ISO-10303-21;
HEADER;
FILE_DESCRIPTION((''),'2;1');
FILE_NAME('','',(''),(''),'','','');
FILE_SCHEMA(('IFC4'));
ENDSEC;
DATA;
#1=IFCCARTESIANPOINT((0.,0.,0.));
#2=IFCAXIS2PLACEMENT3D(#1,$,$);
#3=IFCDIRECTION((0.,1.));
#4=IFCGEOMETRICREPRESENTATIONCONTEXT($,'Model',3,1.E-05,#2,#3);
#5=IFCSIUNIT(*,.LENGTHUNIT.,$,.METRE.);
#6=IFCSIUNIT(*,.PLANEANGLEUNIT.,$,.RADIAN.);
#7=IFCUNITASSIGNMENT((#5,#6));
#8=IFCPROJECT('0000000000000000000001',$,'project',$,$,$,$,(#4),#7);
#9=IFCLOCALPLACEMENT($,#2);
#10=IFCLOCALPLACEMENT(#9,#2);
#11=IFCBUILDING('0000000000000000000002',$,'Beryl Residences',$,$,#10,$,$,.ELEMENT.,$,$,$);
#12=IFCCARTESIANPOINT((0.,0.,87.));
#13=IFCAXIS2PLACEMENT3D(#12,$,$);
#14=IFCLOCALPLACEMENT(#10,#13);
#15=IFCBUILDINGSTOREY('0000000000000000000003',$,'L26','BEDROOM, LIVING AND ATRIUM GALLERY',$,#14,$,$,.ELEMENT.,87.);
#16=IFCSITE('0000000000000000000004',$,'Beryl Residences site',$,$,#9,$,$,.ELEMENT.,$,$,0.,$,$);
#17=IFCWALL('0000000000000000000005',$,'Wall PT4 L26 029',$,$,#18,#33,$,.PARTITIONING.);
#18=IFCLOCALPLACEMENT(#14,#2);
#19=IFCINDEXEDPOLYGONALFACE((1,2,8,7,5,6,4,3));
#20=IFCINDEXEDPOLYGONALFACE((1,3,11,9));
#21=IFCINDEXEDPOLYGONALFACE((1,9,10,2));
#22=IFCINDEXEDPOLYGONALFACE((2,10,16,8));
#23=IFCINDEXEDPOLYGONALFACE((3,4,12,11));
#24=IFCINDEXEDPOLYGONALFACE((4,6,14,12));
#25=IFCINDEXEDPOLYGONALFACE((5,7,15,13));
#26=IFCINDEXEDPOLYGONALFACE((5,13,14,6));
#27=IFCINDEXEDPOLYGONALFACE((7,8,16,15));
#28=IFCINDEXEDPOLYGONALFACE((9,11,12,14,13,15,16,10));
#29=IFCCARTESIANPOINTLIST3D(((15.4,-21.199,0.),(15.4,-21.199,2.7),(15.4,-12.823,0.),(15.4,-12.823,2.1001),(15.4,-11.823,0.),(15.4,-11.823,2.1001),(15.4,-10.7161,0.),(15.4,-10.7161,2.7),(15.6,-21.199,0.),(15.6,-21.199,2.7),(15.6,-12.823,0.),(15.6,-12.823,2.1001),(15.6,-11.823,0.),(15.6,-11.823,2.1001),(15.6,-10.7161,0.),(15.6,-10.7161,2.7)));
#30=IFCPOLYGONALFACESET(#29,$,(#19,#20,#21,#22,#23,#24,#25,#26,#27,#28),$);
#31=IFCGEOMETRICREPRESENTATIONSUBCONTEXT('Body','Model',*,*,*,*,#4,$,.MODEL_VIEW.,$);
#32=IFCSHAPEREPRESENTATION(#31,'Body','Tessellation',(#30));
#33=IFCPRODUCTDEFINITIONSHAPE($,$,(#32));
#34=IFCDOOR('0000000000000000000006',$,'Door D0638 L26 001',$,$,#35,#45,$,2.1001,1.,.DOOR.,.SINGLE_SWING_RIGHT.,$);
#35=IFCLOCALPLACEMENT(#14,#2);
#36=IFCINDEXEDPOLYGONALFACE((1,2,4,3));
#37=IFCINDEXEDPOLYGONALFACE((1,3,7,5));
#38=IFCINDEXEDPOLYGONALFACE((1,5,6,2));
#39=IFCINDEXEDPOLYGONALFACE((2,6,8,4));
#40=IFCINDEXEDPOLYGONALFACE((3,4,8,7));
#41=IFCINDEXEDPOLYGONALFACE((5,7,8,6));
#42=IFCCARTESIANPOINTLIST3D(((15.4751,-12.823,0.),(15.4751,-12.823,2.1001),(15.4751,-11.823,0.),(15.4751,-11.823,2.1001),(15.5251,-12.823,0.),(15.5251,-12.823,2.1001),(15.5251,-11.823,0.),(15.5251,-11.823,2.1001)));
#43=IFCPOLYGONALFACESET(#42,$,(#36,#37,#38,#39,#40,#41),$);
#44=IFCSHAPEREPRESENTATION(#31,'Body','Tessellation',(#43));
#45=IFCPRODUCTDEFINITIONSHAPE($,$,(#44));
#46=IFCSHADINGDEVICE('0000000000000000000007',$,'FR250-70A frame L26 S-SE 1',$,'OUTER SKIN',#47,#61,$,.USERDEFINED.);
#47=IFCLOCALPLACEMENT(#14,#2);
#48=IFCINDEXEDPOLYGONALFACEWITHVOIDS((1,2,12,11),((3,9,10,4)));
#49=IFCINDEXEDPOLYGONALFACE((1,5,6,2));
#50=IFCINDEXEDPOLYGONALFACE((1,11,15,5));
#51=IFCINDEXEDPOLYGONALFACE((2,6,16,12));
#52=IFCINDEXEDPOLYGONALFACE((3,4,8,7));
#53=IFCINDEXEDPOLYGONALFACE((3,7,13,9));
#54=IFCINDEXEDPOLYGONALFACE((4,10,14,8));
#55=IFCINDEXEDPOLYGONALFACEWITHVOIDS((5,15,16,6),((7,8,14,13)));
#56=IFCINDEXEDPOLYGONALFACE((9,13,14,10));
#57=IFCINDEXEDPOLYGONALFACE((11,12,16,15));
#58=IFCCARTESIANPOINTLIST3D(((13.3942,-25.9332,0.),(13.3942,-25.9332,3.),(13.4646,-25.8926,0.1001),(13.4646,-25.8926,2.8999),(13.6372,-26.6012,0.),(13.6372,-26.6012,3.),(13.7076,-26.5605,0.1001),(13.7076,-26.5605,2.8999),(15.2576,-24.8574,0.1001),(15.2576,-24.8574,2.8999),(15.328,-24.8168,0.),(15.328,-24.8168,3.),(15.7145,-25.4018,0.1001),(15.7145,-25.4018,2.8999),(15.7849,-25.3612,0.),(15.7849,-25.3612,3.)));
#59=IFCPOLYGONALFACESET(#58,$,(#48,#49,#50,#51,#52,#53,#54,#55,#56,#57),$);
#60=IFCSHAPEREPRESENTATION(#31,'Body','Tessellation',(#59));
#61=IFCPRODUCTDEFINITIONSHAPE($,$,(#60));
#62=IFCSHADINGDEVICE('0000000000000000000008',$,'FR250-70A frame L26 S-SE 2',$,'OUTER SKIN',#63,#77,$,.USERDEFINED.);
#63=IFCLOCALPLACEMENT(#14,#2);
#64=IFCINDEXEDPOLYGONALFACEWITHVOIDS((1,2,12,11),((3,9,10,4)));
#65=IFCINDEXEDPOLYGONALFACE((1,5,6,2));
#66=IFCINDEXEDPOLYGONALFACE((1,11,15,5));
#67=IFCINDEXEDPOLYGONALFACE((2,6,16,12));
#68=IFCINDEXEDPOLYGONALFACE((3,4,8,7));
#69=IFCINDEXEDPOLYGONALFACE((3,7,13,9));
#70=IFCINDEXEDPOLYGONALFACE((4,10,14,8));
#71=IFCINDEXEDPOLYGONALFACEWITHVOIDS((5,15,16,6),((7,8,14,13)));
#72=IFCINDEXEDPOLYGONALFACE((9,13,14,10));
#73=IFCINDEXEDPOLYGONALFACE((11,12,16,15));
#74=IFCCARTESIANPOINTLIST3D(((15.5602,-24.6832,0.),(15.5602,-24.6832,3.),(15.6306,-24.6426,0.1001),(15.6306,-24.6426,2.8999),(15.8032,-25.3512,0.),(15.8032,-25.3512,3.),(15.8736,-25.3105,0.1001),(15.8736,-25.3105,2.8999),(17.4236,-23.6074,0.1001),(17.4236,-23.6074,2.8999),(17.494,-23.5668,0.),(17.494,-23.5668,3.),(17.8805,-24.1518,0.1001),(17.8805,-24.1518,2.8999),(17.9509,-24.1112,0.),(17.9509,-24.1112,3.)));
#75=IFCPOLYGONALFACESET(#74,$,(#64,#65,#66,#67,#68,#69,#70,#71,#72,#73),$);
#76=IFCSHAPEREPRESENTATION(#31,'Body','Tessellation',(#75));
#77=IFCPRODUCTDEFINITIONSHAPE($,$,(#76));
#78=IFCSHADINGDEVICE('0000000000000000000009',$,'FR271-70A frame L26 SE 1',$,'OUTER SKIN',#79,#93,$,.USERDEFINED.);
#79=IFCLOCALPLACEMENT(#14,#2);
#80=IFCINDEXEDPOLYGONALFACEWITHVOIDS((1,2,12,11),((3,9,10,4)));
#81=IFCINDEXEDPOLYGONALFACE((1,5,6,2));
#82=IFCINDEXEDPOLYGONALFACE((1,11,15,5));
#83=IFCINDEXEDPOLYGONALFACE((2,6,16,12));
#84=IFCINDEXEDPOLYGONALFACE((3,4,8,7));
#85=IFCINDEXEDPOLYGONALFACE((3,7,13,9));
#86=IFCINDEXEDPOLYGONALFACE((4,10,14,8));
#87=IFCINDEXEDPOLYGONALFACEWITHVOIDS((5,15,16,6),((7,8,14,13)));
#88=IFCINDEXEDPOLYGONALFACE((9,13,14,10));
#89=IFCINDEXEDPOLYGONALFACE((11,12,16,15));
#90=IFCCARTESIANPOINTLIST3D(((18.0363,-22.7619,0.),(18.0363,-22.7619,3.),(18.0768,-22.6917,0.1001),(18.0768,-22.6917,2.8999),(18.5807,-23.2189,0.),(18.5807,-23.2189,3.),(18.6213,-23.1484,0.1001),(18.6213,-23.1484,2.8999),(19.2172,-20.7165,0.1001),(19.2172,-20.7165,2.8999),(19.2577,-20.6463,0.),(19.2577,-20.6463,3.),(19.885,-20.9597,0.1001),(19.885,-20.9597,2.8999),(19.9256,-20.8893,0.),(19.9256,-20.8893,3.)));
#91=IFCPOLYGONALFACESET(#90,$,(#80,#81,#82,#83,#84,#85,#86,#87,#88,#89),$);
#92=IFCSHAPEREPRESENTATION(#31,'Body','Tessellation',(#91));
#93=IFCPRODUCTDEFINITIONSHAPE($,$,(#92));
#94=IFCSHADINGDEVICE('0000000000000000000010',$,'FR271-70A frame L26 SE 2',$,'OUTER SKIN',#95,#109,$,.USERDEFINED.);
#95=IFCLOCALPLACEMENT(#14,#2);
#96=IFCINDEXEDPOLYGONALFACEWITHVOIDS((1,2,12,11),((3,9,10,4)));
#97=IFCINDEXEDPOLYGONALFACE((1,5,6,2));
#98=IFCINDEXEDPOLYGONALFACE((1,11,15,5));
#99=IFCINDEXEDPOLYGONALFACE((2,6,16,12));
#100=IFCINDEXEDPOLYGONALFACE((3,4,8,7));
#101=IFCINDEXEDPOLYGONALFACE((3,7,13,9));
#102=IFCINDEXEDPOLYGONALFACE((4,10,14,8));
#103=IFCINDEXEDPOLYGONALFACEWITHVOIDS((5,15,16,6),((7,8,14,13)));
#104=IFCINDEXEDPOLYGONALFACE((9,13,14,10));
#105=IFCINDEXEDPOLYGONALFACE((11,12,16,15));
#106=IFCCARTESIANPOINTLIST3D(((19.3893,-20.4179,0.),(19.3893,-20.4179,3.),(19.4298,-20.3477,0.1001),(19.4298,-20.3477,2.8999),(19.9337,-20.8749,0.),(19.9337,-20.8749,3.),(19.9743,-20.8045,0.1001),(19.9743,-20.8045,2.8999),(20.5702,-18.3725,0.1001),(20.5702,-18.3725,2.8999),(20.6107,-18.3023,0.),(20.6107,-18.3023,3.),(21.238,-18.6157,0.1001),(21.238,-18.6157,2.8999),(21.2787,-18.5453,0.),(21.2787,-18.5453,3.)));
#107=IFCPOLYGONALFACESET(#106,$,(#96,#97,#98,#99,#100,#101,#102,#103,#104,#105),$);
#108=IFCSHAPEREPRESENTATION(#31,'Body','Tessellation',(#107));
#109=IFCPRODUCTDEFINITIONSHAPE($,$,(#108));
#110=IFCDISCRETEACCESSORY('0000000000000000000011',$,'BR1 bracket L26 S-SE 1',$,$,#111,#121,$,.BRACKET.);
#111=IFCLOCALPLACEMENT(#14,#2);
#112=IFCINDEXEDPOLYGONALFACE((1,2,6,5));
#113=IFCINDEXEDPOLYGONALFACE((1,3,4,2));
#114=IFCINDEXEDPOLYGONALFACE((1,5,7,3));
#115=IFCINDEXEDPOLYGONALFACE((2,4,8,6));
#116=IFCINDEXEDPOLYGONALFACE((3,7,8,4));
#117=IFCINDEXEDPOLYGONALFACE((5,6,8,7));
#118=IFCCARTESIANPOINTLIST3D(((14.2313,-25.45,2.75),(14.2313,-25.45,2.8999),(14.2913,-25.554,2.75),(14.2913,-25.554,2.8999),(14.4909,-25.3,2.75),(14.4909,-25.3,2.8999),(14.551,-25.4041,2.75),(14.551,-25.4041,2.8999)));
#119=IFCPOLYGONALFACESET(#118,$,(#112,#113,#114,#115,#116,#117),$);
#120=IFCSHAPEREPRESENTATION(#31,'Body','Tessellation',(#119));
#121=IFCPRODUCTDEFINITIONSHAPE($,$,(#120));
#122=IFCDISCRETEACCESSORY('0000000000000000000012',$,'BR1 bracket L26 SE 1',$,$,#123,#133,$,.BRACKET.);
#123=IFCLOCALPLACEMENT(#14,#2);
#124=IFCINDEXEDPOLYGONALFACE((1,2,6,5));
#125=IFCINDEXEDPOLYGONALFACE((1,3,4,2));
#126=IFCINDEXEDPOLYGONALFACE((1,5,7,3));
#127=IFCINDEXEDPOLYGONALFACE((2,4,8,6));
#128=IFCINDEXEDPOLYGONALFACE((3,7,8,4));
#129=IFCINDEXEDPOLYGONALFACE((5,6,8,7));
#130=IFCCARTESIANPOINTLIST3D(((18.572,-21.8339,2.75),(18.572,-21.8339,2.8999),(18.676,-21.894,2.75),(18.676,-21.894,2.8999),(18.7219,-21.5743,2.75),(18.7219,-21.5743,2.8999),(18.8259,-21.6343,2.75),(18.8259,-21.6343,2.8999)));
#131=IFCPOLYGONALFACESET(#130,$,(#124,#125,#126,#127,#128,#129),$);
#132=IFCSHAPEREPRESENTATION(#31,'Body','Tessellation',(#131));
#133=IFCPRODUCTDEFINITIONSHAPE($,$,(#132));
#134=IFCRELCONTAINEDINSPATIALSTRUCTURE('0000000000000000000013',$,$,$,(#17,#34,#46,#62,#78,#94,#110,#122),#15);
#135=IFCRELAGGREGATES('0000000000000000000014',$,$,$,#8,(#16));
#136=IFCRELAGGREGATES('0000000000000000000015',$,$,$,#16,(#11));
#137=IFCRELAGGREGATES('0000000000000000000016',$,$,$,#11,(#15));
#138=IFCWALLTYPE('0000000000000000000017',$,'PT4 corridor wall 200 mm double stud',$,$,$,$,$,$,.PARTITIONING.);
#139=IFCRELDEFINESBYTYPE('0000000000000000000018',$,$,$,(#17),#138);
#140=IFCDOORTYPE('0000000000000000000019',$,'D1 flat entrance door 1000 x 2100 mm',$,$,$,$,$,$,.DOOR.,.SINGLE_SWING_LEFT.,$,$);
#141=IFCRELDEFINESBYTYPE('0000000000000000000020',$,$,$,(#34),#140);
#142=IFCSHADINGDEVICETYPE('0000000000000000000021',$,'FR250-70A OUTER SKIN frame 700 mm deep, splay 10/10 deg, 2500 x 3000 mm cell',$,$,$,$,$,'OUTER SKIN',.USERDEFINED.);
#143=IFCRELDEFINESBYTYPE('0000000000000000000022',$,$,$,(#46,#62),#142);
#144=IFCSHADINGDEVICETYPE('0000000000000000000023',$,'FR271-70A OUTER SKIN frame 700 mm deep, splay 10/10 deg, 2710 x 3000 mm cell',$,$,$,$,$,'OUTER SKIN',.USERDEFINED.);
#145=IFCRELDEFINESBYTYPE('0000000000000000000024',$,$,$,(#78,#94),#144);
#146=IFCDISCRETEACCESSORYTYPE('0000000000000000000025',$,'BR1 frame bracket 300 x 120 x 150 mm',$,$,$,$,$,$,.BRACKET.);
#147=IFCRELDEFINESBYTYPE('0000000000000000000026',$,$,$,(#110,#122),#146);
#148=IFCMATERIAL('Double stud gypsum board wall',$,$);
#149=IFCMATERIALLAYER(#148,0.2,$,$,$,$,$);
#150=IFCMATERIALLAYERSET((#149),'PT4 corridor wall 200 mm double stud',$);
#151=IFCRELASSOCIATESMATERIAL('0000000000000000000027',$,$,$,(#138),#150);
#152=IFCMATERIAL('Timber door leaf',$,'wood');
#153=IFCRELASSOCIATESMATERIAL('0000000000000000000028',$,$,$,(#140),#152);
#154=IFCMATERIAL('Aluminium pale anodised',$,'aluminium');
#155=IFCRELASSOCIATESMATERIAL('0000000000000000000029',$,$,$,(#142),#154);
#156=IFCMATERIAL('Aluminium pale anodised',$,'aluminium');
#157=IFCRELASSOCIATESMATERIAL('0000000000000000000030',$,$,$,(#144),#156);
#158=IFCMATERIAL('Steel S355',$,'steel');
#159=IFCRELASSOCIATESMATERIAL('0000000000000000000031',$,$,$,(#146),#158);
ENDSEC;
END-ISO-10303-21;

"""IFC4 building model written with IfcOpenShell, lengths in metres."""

from ifc_helpers import new_model, entity, si_unit, direction, frame, frame_2d, origin, place, context, subcontext, project, spatial, polyline, rectangle, outline, extrude, source, transform, mapped, material, layer, layer_set, type_object, type_shapes, element, fill, save


model = new_model("IFC4")

# Units and contexts
model_context = context("Model", 3, precision=1e-05, world=origin(), true_north=direction((0.0, 1.0)))
body_context = subcontext(model_context, "Body", "Model", "MODEL_VIEW")
ifc_project = project(units=[si_unit("LENGTHUNIT", "METRE"), si_unit("PLANEANGLEUNIT", "RADIAN")], contexts=[model_context])

# Site, building, storey
site_placement = place(None, origin())
site = spatial("IfcSite", under=ifc_project, at=site_placement, Name="Beryl Residences site", CompositionType="ELEMENT", RefElevation=0.0)
building_placement = place(site_placement, origin())
building = spatial("IfcBuilding", under=site, at=building_placement, Name="Beryl Residences", CompositionType="ELEMENT")
storey_placement = place(building_placement, frame((0.0, 0.0, 87.0)))
storey = spatial("IfcBuildingStorey", under=building, at=storey_placement, Name="L26", Description="BEDROOM, LIVING AND ATRIUM GALLERY", CompositionType="ELEMENT", Elevation=87.0)

# Wall, opening, door
ifc_material_1 = material(Name="Double stud gypsum board wall")
ifc_layer_1 = layer(ifc_material_1, 0.2)
ifc_layer_set_1 = layer_set([ifc_layer_1], Name="PT4 corridor wall 200 mm double stud")
wall_type_1 = type_object("IfcWallType", Name="PT4 corridor wall 200 mm double stud", PredefinedType="PARTITIONING", material=ifc_layer_set_1)
wall_1_placement = place(storey_placement, frame((15.5, -21.199, 0.0), z_axis=(0.0, 0.0, 1.0), x_axis=(0.0, 1.0, 0.0)))
wall_1 = element("IfcWall", 1, at=wall_1_placement, inside=storey, type_object=wall_type_1, Name="Wall PT4 L26 029", PredefinedType="PARTITIONING", context=body_context, shape_type="SweptSolid", body=[
    extrude(rectangle(XDim=10.4829, YDim=0.2, at=frame_2d((5.2415, 0.0))), origin(), (0.0, 0.0, 1.0), 2.7),
])
opening_1_placement = place(wall_1_placement, frame((8.376, 0.0, 0.0)))
opening_1 = element("IfcOpeningElement", 2, at=opening_1_placement, cuts=wall_1, PredefinedType="OPENING", context=body_context, shape_type="SweptSolid", body=[
    extrude(rectangle(XDim=1.0, YDim=2.1001, at=frame_2d((0.5, 1.05))), frame((0.0, 0.1099, 0.0), z_axis=(0.0, -1.0, 0.0), x_axis=(1.0, 0.0, 0.0)), (0.0, 0.0, 1.0), 0.22),
])
ifc_material_2 = material(Name="Timber door leaf", Category="wood")
door_type = type_object("IfcDoorType", Name="D1 flat entrance door 1000 x 2100 mm", OperationType="SINGLE_SWING_LEFT", PredefinedType="DOOR", material=ifc_material_2)
door_placement = place(opening_1_placement, origin())
door = element("IfcDoor", 3, at=door_placement, inside=storey, type_object=door_type, Name="Door D0638 L26 001", OperationType="SINGLE_SWING_RIGHT", OverallHeight=2.1001, OverallWidth=1.0, PredefinedType="DOOR", context=body_context, shape_type="SweptSolid", body=[
    extrude(rectangle(XDim=1.0, YDim=2.1001, at=frame_2d((0.5, 1.05))), frame((0.0, 0.0249, 0.0), z_axis=(0.0, -1.0, 0.0), x_axis=(1.0, 0.0, 0.0)), (0.0, 0.0, 1.0), 0.05),
])
fill(opening_1, door)

# Shading devices
ifc_material_3 = material(Name="Aluminium pale anodised", Category="aluminium")
shading_device_type_1 = type_object("IfcShadingDeviceType", Name="FR250-70A OUTER SKIN frame 700 mm deep, splay 10/10 deg, 2500 x 3000 mm cell", ElementType="OUTER SKIN", PredefinedType="USERDEFINED", material=ifc_material_3)
cartesian_point_1 = entity("IfcCartesianPoint", [-1.1165, 0.0])
cartesian_point_2 = entity("IfcCartesianPoint", [-1.0352, 0.1001])
cartesian_point_3 = entity("IfcCartesianPoint", [-1.24, 0.0])
cartesian_point_4 = entity("IfcCartesianPoint", [-1.1587, 0.1001])
shared_shape_1 = source(origin(), body_context, "Body", "SweptSolid", [
    entity("IfcExtrudedAreaSolidTapered", entity("IfcArbitraryProfileDefWithVoids", "AREA", None, entity("IfcPolyline", [cartesian_point_1, entity("IfcCartesianPoint", [1.1165, 0.0]), entity("IfcCartesianPoint", [1.1165, 3.0]), entity("IfcCartesianPoint", [-1.1165, 3.0]), cartesian_point_1]), [entity("IfcPolyline", [cartesian_point_2, entity("IfcCartesianPoint", [1.0352, 0.1001]), entity("IfcCartesianPoint", [1.0352, 2.8999]), entity("IfcCartesianPoint", [-1.0352, 2.8999]), cartesian_point_2])]), entity("IfcAxis2Placement3D", entity("IfcCartesianPoint", [0.0, 0.0, 0.0]), entity("IfcDirection", [0.0, 1.0, 0.0]), entity("IfcDirection", [-1.0, 0.0, 0.0])), entity("IfcDirection", [0.0, 0.0, 1.0]), 0.7, entity("IfcArbitraryProfileDefWithVoids", "AREA", None, entity("IfcPolyline", [cartesian_point_3, entity("IfcCartesianPoint", [1.24, 0.0]), entity("IfcCartesianPoint", [1.24, 3.0]), entity("IfcCartesianPoint", [-1.24, 3.0]), cartesian_point_3]), [entity("IfcPolyline", [cartesian_point_4, entity("IfcCartesianPoint", [1.1587, 0.1001]), entity("IfcCartesianPoint", [1.1587, 2.8999]), entity("IfcCartesianPoint", [-1.1587, 2.8999]), cartesian_point_4])])),
])
type_shapes(shading_device_type_1, [shared_shape_1])
for number, where, z_axis, x_axis, name in (
    (4, (14.3611, -25.375, 0.0), (0.0, 0.0, 1.0), (-0.866025, -0.5, 0.0), "FR250-70A frame L26 S-SE 1"),
    (5, (16.5271, -24.125, 0.0), (0.0, 0.0, 1.0), (-0.866025, -0.5, 0.0), "FR250-70A frame L26 S-SE 2"),
):
    element("IfcShadingDevice", number, at=place(storey_placement, frame(where, z_axis=z_axis, x_axis=x_axis)), inside=storey, type_object=shading_device_type_1, Name=name, ObjectType="OUTER SKIN", PredefinedType="USERDEFINED", context=body_context, shape_type="MappedRepresentation", body=[
        mapped(shared_shape_1, transform((0.0, 0.0, 0.0))),
    ])
ifc_material_4 = material(Name="Aluminium pale anodised", Category="aluminium")
shading_device_type_2 = type_object("IfcShadingDeviceType", Name="FR271-70A OUTER SKIN frame 700 mm deep, splay 10/10 deg, 2710 x 3000 mm cell", ElementType="OUTER SKIN", PredefinedType="USERDEFINED", material=ifc_material_4)
cartesian_point_5 = entity("IfcCartesianPoint", [-1.2214, 0.0])
cartesian_point_6 = entity("IfcCartesianPoint", [-1.1404, 0.1001])
cartesian_point_7 = entity("IfcCartesianPoint", [-1.345, 0.0])
cartesian_point_8 = entity("IfcCartesianPoint", [-1.2637, 0.1001])
shared_shape_2 = source(origin(), body_context, "Body", "SweptSolid", [
    entity("IfcExtrudedAreaSolidTapered", entity("IfcArbitraryProfileDefWithVoids", "AREA", None, entity("IfcPolyline", [cartesian_point_5, entity("IfcCartesianPoint", [1.2214, 0.0]), entity("IfcCartesianPoint", [1.2214, 3.0]), entity("IfcCartesianPoint", [-1.2214, 3.0]), cartesian_point_5]), [entity("IfcPolyline", [cartesian_point_6, entity("IfcCartesianPoint", [1.1404, 0.1001]), entity("IfcCartesianPoint", [1.1404, 2.8999]), entity("IfcCartesianPoint", [-1.1404, 2.8999]), cartesian_point_6])]), entity("IfcAxis2Placement3D", entity("IfcCartesianPoint", [0.0, 0.0, 0.0]), entity("IfcDirection", [0.0, 1.0, 0.0]), entity("IfcDirection", [-1.0, 0.0, 0.0])), entity("IfcDirection", [0.0, 0.0, 1.0]), 0.7, entity("IfcArbitraryProfileDefWithVoids", "AREA", None, entity("IfcPolyline", [cartesian_point_7, entity("IfcCartesianPoint", [1.345, 0.0]), entity("IfcCartesianPoint", [1.345, 3.0]), entity("IfcCartesianPoint", [-1.345, 3.0]), cartesian_point_7]), [entity("IfcPolyline", [cartesian_point_8, entity("IfcCartesianPoint", [1.2637, 0.1001]), entity("IfcCartesianPoint", [1.2637, 2.8999]), entity("IfcCartesianPoint", [-1.2637, 2.8999]), cartesian_point_8])])),
])
type_shapes(shading_device_type_2, [shared_shape_2])
for number, where, z_axis, x_axis, name in (
    (6, (18.647, -21.7041, 0.0), (0.0, 0.0, 1.0), (-0.5, -0.866025, 0.0), "FR271-70A frame L26 SE 1"),
    (7, (20.0, -19.3601, 0.0), (0.0, 0.0, 1.0), (-0.5, -0.866025, 0.0), "FR271-70A frame L26 SE 2"),
):
    element("IfcShadingDevice", number, at=place(storey_placement, frame(where, z_axis=z_axis, x_axis=x_axis)), inside=storey, type_object=shading_device_type_2, Name=name, ObjectType="OUTER SKIN", PredefinedType="USERDEFINED", context=body_context, shape_type="MappedRepresentation", body=[
        mapped(shared_shape_2, transform((0.0, 0.0, 0.0))),
    ])

# Discrete accessories
ifc_material_5 = material(Name="Steel S355", Category="steel")
discrete_accessory_type = type_object("IfcDiscreteAccessoryType", Name="BR1 frame bracket 300 x 120 x 150 mm", PredefinedType="BRACKET", material=ifc_material_5)
shared_shape_3 = source(origin(), body_context, "Body", "SweptSolid", [
    extrude(outline(polyline([(-0.1499, 0.0), (0.1499, 0.0), (0.1499, 0.1201), (-0.1499, 0.1201), (-0.1499, 0.0)])), origin(), (0.0, 0.0, 1.0), 0.1499),
])
type_shapes(discrete_accessory_type, [shared_shape_3])
for number, where, z_axis, x_axis, name in (
    (8, (14.3611, -25.375, 2.75), (0.0, 0.0, 1.0), (-0.866025, -0.5, 0.0), "BR1 bracket L26 S-SE 1"),
    (9, (18.647, -21.7041, 2.75), (0.0, 0.0, 1.0), (-0.5, -0.866025, 0.0), "BR1 bracket L26 SE 1"),
):
    element("IfcDiscreteAccessory", number, at=place(storey_placement, frame(where, z_axis=z_axis, x_axis=x_axis)), inside=storey, type_object=discrete_accessory_type, Name=name, PredefinedType="BRACKET", context=body_context, shape_type="MappedRepresentation", body=[
        mapped(shared_shape_3, transform((0.0, 0.0, 0.0))),
    ])

save(model, "model.ifc")
